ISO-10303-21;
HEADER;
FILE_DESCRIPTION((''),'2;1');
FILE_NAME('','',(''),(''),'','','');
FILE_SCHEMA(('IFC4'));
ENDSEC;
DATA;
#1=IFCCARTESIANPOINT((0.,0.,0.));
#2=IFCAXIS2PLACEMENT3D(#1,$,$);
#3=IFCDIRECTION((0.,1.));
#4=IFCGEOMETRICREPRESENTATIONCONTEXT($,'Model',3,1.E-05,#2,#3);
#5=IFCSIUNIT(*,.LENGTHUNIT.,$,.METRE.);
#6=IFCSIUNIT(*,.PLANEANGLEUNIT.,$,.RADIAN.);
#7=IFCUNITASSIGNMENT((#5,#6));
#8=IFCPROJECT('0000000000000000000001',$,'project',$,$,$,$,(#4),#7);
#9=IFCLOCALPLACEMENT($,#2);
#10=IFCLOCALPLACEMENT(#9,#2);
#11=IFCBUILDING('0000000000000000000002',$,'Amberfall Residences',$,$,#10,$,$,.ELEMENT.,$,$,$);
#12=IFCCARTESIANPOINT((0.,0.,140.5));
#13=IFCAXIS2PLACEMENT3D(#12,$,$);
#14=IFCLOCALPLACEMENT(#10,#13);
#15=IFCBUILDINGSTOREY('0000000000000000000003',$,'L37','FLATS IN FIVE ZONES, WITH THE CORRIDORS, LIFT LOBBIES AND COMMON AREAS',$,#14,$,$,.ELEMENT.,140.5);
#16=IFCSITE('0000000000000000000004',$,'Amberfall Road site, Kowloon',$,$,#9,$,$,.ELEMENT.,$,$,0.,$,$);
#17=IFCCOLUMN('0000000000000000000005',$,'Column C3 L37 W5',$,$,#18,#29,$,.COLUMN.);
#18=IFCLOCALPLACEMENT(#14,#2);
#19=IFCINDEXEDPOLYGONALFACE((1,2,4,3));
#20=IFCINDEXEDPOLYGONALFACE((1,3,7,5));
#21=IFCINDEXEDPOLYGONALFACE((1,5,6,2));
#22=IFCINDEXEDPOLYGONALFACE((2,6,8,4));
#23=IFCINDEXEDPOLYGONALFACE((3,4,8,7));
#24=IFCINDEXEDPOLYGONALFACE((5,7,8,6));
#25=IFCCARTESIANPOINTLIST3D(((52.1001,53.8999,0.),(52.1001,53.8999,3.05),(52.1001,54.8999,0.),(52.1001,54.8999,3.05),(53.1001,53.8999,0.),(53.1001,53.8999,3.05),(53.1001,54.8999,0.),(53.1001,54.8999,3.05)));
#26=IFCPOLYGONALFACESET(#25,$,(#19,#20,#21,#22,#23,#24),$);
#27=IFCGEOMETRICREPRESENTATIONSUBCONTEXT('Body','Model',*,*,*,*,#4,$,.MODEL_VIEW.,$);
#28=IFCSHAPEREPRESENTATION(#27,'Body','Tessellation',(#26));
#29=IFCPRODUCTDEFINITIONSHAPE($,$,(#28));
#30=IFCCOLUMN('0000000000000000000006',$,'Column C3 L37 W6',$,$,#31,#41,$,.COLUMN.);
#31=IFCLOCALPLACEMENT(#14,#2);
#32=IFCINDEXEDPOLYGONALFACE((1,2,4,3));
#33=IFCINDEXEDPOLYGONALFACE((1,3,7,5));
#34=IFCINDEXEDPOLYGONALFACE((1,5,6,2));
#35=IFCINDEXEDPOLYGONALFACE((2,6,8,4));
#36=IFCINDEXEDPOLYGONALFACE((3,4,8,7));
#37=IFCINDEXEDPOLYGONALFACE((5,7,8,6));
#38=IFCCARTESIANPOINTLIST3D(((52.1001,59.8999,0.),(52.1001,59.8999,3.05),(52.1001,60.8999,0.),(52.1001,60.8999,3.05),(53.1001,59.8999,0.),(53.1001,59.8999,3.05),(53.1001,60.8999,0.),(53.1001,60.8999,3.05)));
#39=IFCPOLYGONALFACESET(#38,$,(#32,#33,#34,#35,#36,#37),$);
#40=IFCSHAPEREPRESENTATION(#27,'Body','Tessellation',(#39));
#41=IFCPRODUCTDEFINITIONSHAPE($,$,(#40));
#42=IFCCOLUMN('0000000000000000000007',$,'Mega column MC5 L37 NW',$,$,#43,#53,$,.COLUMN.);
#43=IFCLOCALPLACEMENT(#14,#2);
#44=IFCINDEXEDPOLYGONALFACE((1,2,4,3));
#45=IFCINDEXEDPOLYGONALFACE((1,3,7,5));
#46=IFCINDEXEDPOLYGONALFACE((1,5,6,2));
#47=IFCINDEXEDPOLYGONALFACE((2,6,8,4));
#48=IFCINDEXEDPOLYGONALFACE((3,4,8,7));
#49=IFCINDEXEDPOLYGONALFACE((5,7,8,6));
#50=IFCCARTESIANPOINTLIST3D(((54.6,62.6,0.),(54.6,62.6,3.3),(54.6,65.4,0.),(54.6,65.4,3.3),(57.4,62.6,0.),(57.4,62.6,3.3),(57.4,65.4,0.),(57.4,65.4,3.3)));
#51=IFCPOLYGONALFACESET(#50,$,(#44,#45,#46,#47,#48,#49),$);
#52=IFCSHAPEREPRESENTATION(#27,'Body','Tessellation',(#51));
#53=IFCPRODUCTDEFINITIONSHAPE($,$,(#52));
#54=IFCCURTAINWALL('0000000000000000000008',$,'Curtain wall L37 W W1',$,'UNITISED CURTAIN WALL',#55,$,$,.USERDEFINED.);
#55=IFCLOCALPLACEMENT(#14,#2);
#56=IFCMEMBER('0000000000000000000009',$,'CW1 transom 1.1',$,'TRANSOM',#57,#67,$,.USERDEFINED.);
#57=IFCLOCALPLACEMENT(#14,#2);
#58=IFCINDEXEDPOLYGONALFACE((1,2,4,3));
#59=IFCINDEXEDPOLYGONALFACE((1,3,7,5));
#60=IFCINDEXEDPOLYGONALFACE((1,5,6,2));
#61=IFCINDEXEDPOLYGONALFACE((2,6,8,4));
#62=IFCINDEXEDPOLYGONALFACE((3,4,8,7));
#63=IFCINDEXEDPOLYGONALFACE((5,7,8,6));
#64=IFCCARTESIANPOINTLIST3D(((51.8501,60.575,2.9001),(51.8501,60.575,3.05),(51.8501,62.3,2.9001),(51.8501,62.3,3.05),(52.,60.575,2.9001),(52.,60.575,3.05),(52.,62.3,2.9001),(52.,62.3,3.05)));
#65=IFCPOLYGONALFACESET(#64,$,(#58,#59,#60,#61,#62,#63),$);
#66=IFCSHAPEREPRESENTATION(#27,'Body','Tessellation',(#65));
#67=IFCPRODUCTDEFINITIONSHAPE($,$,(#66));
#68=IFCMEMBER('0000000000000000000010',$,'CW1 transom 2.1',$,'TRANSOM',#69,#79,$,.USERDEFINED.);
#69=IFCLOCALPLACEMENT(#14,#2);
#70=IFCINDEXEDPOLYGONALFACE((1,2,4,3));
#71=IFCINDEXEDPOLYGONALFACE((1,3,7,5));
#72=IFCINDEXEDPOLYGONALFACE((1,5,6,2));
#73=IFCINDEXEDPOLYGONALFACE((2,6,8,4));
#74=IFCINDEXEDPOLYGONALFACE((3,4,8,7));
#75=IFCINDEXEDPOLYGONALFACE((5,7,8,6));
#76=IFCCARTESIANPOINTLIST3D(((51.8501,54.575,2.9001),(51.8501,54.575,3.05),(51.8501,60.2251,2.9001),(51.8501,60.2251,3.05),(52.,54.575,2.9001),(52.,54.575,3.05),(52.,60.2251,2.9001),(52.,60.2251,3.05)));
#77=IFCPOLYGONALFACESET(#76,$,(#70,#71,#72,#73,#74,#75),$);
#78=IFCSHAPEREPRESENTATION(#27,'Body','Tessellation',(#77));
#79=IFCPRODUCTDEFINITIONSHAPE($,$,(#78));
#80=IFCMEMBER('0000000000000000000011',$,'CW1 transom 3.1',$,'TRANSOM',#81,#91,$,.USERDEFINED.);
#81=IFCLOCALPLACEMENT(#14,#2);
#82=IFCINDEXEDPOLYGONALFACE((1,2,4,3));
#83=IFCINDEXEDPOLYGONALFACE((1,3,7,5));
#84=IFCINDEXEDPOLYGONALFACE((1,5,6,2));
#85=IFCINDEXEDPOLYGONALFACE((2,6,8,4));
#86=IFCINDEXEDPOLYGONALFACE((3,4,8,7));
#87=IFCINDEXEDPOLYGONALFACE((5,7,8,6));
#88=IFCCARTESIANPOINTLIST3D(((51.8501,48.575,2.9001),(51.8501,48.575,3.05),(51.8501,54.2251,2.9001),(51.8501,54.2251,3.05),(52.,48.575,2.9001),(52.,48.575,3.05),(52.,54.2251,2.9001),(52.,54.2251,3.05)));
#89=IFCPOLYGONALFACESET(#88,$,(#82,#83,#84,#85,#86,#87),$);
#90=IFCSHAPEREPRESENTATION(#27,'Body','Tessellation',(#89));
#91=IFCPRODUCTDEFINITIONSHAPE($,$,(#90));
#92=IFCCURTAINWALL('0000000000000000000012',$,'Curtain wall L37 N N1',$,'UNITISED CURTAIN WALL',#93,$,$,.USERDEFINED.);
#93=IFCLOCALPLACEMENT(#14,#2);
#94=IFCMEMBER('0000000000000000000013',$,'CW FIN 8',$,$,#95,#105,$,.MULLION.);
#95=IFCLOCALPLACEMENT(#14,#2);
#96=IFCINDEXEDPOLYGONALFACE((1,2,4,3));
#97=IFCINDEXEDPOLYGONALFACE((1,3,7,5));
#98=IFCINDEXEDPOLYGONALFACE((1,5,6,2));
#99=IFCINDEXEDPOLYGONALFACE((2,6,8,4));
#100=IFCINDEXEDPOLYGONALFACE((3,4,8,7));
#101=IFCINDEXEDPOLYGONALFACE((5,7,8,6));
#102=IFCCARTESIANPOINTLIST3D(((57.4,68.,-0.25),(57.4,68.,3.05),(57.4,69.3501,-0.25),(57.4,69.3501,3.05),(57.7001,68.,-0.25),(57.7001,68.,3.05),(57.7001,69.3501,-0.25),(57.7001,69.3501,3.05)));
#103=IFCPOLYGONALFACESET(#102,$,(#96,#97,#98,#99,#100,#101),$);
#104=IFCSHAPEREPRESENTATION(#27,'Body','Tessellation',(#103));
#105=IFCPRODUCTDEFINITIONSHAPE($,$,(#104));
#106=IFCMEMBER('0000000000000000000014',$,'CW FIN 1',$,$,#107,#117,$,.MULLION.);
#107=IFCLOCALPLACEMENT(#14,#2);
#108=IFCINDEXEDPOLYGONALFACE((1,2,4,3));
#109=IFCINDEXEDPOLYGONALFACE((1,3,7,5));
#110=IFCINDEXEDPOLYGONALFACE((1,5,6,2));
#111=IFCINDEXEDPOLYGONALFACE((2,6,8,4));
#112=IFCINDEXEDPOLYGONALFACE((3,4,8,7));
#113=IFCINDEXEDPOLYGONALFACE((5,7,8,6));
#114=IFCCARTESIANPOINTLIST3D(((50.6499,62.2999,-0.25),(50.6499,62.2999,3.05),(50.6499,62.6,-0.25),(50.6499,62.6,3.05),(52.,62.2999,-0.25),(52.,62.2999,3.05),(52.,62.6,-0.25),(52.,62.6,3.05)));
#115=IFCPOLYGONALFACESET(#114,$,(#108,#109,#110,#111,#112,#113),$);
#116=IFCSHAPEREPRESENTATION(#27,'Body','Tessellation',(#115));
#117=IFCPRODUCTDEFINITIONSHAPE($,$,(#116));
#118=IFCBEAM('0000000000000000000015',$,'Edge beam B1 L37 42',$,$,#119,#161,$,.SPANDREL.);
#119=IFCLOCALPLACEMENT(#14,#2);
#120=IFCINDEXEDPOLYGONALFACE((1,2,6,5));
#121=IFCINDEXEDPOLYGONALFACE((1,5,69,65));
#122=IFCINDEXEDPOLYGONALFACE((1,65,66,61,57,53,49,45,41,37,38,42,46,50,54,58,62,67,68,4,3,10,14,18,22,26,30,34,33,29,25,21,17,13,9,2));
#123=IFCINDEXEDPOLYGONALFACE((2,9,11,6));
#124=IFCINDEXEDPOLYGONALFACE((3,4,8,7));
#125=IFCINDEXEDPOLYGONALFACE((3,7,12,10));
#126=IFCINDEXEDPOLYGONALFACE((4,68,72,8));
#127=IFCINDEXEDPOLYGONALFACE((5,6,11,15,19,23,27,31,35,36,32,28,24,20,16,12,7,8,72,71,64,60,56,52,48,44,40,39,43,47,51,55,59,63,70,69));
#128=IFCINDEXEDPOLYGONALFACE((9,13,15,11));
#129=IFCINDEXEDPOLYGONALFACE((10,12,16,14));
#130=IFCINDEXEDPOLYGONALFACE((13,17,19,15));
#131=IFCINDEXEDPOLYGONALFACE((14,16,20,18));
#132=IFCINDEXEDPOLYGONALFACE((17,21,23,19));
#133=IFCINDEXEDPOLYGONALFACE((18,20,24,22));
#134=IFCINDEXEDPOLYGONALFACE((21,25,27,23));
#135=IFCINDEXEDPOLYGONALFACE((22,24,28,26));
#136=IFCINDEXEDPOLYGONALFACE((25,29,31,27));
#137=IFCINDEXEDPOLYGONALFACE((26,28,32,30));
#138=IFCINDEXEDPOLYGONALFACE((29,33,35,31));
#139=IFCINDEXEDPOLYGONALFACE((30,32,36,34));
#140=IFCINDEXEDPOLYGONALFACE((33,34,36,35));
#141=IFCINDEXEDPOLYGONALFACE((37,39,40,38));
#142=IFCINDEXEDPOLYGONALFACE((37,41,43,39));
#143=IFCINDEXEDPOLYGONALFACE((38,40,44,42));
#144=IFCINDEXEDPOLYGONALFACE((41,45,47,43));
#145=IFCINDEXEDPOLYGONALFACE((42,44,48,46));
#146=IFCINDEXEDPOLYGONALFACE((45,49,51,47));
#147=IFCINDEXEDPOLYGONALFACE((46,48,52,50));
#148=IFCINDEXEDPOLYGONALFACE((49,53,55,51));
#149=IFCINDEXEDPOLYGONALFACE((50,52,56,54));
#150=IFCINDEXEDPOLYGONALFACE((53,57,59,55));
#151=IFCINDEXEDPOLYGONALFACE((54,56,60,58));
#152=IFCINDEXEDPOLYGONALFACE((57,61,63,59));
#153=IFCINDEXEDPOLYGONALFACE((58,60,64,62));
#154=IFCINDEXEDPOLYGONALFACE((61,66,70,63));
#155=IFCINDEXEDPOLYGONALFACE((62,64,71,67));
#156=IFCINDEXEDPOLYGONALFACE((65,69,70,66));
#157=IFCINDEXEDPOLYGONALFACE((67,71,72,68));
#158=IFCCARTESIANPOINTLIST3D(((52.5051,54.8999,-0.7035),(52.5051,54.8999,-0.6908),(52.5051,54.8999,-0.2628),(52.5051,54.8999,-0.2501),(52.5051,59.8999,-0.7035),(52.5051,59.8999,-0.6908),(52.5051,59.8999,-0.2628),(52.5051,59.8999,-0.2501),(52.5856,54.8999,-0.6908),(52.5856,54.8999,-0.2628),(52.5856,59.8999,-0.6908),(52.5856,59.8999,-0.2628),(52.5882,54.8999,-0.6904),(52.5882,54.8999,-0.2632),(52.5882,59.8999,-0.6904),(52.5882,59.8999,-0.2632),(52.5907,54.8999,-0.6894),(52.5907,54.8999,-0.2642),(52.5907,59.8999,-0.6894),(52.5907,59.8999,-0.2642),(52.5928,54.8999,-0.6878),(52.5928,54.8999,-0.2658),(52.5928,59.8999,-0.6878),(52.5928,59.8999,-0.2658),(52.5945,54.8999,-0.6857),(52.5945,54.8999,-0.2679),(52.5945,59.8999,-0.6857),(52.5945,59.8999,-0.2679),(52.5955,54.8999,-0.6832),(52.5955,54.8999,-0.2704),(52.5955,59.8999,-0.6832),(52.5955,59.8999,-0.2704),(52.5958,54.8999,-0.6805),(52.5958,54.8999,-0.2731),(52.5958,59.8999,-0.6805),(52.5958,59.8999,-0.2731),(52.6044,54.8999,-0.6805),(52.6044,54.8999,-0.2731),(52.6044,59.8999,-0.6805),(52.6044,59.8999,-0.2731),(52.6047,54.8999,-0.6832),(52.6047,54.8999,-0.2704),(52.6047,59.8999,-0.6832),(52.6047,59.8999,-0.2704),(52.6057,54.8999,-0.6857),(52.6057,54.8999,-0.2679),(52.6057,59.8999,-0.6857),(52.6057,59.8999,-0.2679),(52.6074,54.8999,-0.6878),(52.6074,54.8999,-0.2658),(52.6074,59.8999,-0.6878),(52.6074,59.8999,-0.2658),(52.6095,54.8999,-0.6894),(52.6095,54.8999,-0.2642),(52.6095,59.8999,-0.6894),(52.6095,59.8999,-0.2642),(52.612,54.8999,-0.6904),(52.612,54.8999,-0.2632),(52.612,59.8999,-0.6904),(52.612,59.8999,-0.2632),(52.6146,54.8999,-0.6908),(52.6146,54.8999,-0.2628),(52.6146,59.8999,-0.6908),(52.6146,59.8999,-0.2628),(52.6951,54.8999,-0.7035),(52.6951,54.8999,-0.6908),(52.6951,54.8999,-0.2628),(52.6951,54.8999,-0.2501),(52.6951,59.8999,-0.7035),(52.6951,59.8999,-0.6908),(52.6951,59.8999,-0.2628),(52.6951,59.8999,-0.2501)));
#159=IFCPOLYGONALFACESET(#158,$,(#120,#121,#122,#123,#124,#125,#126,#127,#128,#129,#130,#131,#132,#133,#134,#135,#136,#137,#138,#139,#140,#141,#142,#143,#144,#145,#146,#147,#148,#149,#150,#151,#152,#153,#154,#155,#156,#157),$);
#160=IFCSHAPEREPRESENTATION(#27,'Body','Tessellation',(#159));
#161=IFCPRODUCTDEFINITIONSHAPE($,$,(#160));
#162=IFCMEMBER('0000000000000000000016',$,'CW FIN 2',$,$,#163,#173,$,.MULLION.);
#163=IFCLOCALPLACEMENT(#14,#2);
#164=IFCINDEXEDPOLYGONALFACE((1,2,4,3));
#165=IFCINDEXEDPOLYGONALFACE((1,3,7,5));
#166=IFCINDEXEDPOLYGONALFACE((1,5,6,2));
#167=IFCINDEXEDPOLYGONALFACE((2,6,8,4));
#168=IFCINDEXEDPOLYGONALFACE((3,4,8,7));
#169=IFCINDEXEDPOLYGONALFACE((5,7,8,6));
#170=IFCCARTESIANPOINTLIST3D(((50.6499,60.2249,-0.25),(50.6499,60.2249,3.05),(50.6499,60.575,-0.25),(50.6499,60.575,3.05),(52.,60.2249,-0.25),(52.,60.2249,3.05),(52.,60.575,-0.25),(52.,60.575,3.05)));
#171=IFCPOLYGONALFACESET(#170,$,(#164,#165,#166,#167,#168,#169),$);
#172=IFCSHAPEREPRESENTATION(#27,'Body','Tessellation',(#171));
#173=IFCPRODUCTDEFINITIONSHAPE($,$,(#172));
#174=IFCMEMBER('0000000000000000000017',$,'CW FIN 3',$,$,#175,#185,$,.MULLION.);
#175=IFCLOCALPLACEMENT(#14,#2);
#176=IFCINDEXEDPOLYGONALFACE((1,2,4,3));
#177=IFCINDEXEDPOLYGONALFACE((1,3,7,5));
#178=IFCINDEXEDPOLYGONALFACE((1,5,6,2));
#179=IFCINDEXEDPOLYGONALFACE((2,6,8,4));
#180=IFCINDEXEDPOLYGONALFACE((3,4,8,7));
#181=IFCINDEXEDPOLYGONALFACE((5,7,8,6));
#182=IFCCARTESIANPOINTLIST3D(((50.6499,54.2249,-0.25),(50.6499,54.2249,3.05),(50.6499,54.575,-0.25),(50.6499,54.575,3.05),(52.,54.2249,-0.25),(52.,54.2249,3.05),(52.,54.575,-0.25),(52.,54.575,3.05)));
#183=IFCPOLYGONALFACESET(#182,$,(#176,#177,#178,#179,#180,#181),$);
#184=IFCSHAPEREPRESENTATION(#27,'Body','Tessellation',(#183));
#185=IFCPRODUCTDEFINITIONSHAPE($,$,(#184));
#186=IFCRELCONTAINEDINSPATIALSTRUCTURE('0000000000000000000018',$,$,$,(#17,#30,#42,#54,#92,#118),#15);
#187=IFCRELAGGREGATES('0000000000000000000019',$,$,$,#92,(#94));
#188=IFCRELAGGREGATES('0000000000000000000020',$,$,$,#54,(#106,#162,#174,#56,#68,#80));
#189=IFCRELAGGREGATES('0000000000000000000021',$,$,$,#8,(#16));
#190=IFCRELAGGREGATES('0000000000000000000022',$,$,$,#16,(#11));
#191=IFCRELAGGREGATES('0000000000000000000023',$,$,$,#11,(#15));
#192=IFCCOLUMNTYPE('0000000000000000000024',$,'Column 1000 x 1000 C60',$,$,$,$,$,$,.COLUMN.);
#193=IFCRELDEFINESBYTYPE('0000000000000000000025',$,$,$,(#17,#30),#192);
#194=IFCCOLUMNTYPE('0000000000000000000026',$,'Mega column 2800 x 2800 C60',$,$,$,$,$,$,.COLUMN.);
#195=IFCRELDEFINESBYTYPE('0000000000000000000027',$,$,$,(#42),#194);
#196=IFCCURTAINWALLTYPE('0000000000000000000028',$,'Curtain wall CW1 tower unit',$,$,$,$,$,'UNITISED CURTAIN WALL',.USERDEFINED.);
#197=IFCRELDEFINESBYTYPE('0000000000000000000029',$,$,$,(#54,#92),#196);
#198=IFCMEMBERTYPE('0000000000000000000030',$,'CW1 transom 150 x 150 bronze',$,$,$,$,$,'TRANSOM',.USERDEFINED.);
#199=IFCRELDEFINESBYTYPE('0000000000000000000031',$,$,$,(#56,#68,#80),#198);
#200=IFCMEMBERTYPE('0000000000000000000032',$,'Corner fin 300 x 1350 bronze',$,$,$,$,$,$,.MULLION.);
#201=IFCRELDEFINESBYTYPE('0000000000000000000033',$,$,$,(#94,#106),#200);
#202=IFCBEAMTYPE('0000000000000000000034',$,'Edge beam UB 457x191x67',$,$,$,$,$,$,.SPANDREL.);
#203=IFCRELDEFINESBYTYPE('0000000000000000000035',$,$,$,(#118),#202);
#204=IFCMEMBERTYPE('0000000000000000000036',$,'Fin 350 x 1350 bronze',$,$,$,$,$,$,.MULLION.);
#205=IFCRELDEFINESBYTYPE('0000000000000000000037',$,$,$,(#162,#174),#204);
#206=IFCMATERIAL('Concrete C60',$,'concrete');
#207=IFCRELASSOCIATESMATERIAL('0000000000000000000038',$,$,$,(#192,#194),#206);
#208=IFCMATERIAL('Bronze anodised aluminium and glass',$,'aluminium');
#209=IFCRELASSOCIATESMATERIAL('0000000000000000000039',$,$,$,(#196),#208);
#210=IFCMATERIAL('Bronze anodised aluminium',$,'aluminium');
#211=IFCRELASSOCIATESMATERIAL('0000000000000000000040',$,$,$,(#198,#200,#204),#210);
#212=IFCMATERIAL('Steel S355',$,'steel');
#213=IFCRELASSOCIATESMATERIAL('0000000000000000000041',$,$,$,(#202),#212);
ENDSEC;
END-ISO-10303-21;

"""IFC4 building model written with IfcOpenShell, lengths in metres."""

from ifc_helpers import new_model, si_unit, direction, frame, origin, origin_2d, place, context, subcontext, project, spatial, rectangle, i_section, extrude, material, material_profile, profile_set, type_object, element, aggregate, save


model = new_model("IFC4")

# Units and contexts
model_context = context("Model", 3, precision=1e-05, world=origin(), true_north=direction((0.0, 1.0)))
body_context = subcontext(model_context, "Body", "Model", "MODEL_VIEW")
ifc_project = project(units=[si_unit("LENGTHUNIT", "METRE"), si_unit("PLANEANGLEUNIT", "RADIAN")], contexts=[model_context])

# Site, building, storey
site_placement = place(None, origin())
site = spatial("IfcSite", under=ifc_project, at=site_placement, Name="Amberfall Road site, Kowloon", CompositionType="ELEMENT", RefElevation=0.0)
building_placement = place(site_placement, origin())
building = spatial("IfcBuilding", under=site, at=building_placement, Name="Amberfall Residences", CompositionType="ELEMENT")
storey_placement = place(building_placement, frame((0.0, 0.0, 140.5)))
storey = spatial("IfcBuildingStorey", under=building, at=storey_placement, Name="L37", Description="FLATS IN FIVE ZONES, WITH THE CORRIDORS, LIFT LOBBIES AND COMMON AREAS", CompositionType="ELEMENT", Elevation=140.5)

# Columns
ifc_material_1 = material(Name="Concrete C60", Category="concrete")
ifc_material_profile_1 = material_profile(ifc_material_1, rectangle(XDim=1.0, YDim=1.0, at=origin_2d()), Name="Column 1000 x 1000 C60")
ifc_profile_set_1 = profile_set([ifc_material_profile_1], Name="Concrete C60")
column_type_1 = type_object("IfcColumnType", Name="Column 1000 x 1000 C60", PredefinedType="COLUMN", material=ifc_profile_set_1)
for number, where, z_axis, x_axis, name in (
    (1, (52.6001, 54.3999, 0.0), (0.0, 0.0, 1.0), (1.0, 0.0, 0.0), "Column C3 L37 W5"),
    (2, (52.6001, 60.3999, 0.0), (0.0, 0.0, 1.0), (1.0, 0.0, 0.0), "Column C3 L37 W6"),
):
    element("IfcColumn", number, at=place(storey_placement, frame(where, z_axis=z_axis, x_axis=x_axis)), inside=storey, type_object=column_type_1, Name=name, PredefinedType="COLUMN", context=body_context, shape_type="SweptSolid", body=[
        extrude(rectangle(XDim=1.0, YDim=1.0, at=origin_2d()), origin(), (0.0, 0.0, 1.0), 3.05),
    ])
ifc_material_profile_2 = material_profile(ifc_material_1, rectangle(XDim=2.8, YDim=2.8, at=origin_2d()), Name="Mega column 2800 x 2800 C60")
ifc_profile_set_2 = profile_set([ifc_material_profile_2], Name="Concrete C60")
column_type_2 = type_object("IfcColumnType", Name="Mega column 2800 x 2800 C60", PredefinedType="COLUMN", material=ifc_profile_set_2)
column_placement = place(storey_placement, frame((56.0, 64.0, 0.0), z_axis=(0.0, 0.0, 1.0), x_axis=(1.0, 0.0, 0.0)))
element("IfcColumn", 3, at=column_placement, inside=storey, type_object=column_type_2, Name="Mega column MC5 L37 NW", PredefinedType="COLUMN", context=body_context, shape_type="SweptSolid", body=[
    extrude(rectangle(XDim=2.8, YDim=2.8, at=origin_2d()), origin(), (0.0, 0.0, 1.0), 3.3),
])

# Curtain wall, members
ifc_material_2 = material(Name="Bronze anodised aluminium and glass", Category="aluminium")
curtain_wall_type = type_object("IfcCurtainWallType", Name="Curtain wall CW1 tower unit", ElementType="UNITISED CURTAIN WALL", PredefinedType="USERDEFINED", material=ifc_material_2)
curtain_wall_1_placement = place(storey_placement, origin())
curtain_wall_1 = element("IfcCurtainWall", 4, at=curtain_wall_1_placement, inside=storey, type_object=curtain_wall_type, Name="Curtain wall L37 W W1", ObjectType="UNITISED CURTAIN WALL", PredefinedType="USERDEFINED")
ifc_material_3 = material(Name="Bronze anodised aluminium", Category="aluminium")
ifc_material_profile_3 = material_profile(ifc_material_3, rectangle(XDim=0.1499, YDim=0.1499, at=origin_2d()), Name="CW1 transom 150 x 150 bronze")
ifc_profile_set_3 = profile_set([ifc_material_profile_3], Name="Bronze anodised aluminium")
member_type_1 = type_object("IfcMemberType", Name="CW1 transom 150 x 150 bronze", ElementType="TRANSOM", PredefinedType="USERDEFINED", material=ifc_profile_set_3)
member_1_placement = place(storey_placement, frame((51.925, 62.3, 2.9751), z_axis=(0.0, -1.0, 0.0), x_axis=(1.0, 0.0, 0.0)))
member_1 = element("IfcMember", 5, at=member_1_placement, type_object=member_type_1, Name="CW1 transom 1.1", ObjectType="TRANSOM", PredefinedType="USERDEFINED", context=body_context, shape_type="SweptSolid", body=[
    extrude(rectangle(XDim=0.1499, YDim=0.1499, at=origin_2d()), origin(), (0.0, 0.0, 1.0), 1.7251),
])
member_2_placement = place(storey_placement, frame((51.925, 60.2251, 2.9751), z_axis=(0.0, -1.0, 0.0), x_axis=(1.0, 0.0, 0.0)))
member_2 = element("IfcMember", 6, at=member_2_placement, type_object=member_type_1, Name="CW1 transom 2.1", ObjectType="TRANSOM", PredefinedType="USERDEFINED", context=body_context, shape_type="SweptSolid", body=[
    extrude(rectangle(XDim=0.1499, YDim=0.1499, at=origin_2d()), origin(), (0.0, 0.0, 1.0), 5.6501),
])
member_3_placement = place(storey_placement, frame((51.925, 54.2251, 2.9751), z_axis=(0.0, -1.0, 0.0), x_axis=(1.0, 0.0, 0.0)))
member_3 = element("IfcMember", 7, at=member_3_placement, type_object=member_type_1, Name="CW1 transom 3.1", ObjectType="TRANSOM", PredefinedType="USERDEFINED", context=body_context, shape_type="SweptSolid", body=[
    extrude(rectangle(XDim=0.1499, YDim=0.1499, at=origin_2d()), origin(), (0.0, 0.0, 1.0), 5.6501),
])

# Curtain wall, member
curtain_wall_2_placement = place(storey_placement, origin())
curtain_wall_2 = element("IfcCurtainWall", 8, at=curtain_wall_2_placement, inside=storey, type_object=curtain_wall_type, Name="Curtain wall L37 N N1", ObjectType="UNITISED CURTAIN WALL", PredefinedType="USERDEFINED")
ifc_material_profile_4 = material_profile(ifc_material_3, rectangle(XDim=1.3501, YDim=0.3, at=origin_2d()), Name="Corner fin 300 x 1350 bronze")
ifc_profile_set_4 = profile_set([ifc_material_profile_4], Name="Bronze anodised aluminium")
member_type_2 = type_object("IfcMemberType", Name="Corner fin 300 x 1350 bronze", PredefinedType="MULLION", material=ifc_profile_set_4)
member_4_placement = place(storey_placement, frame((57.55, 68.675, -0.25), z_axis=(0.0, 0.0, 1.0), x_axis=(0.0, -1.0, 0.0)))
member_4 = element("IfcMember", 9, at=member_4_placement, type_object=member_type_2, Name="CW FIN 8", PredefinedType="MULLION", context=body_context, shape_type="SweptSolid", body=[
    extrude(rectangle(XDim=1.3501, YDim=0.3, at=origin_2d()), origin(), (0.0, 0.0, 1.0), 3.3),
])

# Member
member_5_placement = place(storey_placement, frame((51.325, 62.45, -0.25), z_axis=(0.0, 0.0, 1.0), x_axis=(1.0, 0.0, 0.0)))
member_5 = element("IfcMember", 10, at=member_5_placement, type_object=member_type_2, Name="CW FIN 1", PredefinedType="MULLION", context=body_context, shape_type="SweptSolid", body=[
    extrude(rectangle(XDim=1.3501, YDim=0.3, at=origin_2d()), origin(), (0.0, 0.0, 1.0), 3.3),
])

# Beam
ifc_material_4 = material(Name="Steel S355", Category="steel")
ifc_material_profile_5 = material_profile(ifc_material_4, i_section(OverallWidth=0.1899, OverallDepth=0.4534, WebThickness=0.0085, FlangeThickness=0.0127, FilletRadius=0.0103, at=origin_2d()), Name="UB 457x191x67")
ifc_profile_set_5 = profile_set([ifc_material_profile_5], Name="Steel S355")
beam_type_1 = type_object("IfcBeamType", Name="Edge beam UB 457x191x67", PredefinedType="SPANDREL", material=ifc_profile_set_5)
beam_1_placement = place(storey_placement, frame((52.6001, 54.8999, -0.4768), z_axis=(0.0, 1.0, 0.0), x_axis=(-1.0, 0.0, 0.0)))
element("IfcBeam", 11, at=beam_1_placement, inside=storey, type_object=beam_type_1, Name="Edge beam B1 L37 42", PredefinedType="SPANDREL", context=body_context, shape_type="SweptSolid", body=[
    extrude(i_section(OverallWidth=0.1899, OverallDepth=0.4534, WebThickness=0.0085, FlangeThickness=0.0127, FilletRadius=0.0103, at=origin_2d()), origin(), (0.0, 0.0, 1.0), 5.0),
])

# Members
ifc_material_profile_6 = material_profile(ifc_material_3, rectangle(XDim=1.3501, YDim=0.3501, at=origin_2d()), Name="Fin 350 x 1350 bronze")
ifc_profile_set_6 = profile_set([ifc_material_profile_6], Name="Bronze anodised aluminium")
member_type_3 = type_object("IfcMemberType", Name="Fin 350 x 1350 bronze", PredefinedType="MULLION", material=ifc_profile_set_6)
member_6_placement = place(storey_placement, frame((51.325, 60.3999, -0.25), z_axis=(0.0, 0.0, 1.0), x_axis=(1.0, 0.0, 0.0)))
member_6 = element("IfcMember", 12, at=member_6_placement, type_object=member_type_3, Name="CW FIN 2", PredefinedType="MULLION", context=body_context, shape_type="SweptSolid", body=[
    extrude(rectangle(XDim=1.3501, YDim=0.3501, at=origin_2d()), origin(), (0.0, 0.0, 1.0), 3.3),
])
member_7_placement = place(storey_placement, frame((51.325, 54.3999, -0.25), z_axis=(0.0, 0.0, 1.0), x_axis=(1.0, 0.0, 0.0)))
member_7 = element("IfcMember", 13, at=member_7_placement, type_object=member_type_3, Name="CW FIN 3", PredefinedType="MULLION", context=body_context, shape_type="SweptSolid", body=[
    extrude(rectangle(XDim=1.3501, YDim=0.3501, at=origin_2d()), origin(), (0.0, 0.0, 1.0), 3.3),
])

aggregate(curtain_wall_2, [member_4])
aggregate(curtain_wall_1, [member_5, member_6, member_7, member_1, member_2, member_3])

save(model, "model.ifc")
